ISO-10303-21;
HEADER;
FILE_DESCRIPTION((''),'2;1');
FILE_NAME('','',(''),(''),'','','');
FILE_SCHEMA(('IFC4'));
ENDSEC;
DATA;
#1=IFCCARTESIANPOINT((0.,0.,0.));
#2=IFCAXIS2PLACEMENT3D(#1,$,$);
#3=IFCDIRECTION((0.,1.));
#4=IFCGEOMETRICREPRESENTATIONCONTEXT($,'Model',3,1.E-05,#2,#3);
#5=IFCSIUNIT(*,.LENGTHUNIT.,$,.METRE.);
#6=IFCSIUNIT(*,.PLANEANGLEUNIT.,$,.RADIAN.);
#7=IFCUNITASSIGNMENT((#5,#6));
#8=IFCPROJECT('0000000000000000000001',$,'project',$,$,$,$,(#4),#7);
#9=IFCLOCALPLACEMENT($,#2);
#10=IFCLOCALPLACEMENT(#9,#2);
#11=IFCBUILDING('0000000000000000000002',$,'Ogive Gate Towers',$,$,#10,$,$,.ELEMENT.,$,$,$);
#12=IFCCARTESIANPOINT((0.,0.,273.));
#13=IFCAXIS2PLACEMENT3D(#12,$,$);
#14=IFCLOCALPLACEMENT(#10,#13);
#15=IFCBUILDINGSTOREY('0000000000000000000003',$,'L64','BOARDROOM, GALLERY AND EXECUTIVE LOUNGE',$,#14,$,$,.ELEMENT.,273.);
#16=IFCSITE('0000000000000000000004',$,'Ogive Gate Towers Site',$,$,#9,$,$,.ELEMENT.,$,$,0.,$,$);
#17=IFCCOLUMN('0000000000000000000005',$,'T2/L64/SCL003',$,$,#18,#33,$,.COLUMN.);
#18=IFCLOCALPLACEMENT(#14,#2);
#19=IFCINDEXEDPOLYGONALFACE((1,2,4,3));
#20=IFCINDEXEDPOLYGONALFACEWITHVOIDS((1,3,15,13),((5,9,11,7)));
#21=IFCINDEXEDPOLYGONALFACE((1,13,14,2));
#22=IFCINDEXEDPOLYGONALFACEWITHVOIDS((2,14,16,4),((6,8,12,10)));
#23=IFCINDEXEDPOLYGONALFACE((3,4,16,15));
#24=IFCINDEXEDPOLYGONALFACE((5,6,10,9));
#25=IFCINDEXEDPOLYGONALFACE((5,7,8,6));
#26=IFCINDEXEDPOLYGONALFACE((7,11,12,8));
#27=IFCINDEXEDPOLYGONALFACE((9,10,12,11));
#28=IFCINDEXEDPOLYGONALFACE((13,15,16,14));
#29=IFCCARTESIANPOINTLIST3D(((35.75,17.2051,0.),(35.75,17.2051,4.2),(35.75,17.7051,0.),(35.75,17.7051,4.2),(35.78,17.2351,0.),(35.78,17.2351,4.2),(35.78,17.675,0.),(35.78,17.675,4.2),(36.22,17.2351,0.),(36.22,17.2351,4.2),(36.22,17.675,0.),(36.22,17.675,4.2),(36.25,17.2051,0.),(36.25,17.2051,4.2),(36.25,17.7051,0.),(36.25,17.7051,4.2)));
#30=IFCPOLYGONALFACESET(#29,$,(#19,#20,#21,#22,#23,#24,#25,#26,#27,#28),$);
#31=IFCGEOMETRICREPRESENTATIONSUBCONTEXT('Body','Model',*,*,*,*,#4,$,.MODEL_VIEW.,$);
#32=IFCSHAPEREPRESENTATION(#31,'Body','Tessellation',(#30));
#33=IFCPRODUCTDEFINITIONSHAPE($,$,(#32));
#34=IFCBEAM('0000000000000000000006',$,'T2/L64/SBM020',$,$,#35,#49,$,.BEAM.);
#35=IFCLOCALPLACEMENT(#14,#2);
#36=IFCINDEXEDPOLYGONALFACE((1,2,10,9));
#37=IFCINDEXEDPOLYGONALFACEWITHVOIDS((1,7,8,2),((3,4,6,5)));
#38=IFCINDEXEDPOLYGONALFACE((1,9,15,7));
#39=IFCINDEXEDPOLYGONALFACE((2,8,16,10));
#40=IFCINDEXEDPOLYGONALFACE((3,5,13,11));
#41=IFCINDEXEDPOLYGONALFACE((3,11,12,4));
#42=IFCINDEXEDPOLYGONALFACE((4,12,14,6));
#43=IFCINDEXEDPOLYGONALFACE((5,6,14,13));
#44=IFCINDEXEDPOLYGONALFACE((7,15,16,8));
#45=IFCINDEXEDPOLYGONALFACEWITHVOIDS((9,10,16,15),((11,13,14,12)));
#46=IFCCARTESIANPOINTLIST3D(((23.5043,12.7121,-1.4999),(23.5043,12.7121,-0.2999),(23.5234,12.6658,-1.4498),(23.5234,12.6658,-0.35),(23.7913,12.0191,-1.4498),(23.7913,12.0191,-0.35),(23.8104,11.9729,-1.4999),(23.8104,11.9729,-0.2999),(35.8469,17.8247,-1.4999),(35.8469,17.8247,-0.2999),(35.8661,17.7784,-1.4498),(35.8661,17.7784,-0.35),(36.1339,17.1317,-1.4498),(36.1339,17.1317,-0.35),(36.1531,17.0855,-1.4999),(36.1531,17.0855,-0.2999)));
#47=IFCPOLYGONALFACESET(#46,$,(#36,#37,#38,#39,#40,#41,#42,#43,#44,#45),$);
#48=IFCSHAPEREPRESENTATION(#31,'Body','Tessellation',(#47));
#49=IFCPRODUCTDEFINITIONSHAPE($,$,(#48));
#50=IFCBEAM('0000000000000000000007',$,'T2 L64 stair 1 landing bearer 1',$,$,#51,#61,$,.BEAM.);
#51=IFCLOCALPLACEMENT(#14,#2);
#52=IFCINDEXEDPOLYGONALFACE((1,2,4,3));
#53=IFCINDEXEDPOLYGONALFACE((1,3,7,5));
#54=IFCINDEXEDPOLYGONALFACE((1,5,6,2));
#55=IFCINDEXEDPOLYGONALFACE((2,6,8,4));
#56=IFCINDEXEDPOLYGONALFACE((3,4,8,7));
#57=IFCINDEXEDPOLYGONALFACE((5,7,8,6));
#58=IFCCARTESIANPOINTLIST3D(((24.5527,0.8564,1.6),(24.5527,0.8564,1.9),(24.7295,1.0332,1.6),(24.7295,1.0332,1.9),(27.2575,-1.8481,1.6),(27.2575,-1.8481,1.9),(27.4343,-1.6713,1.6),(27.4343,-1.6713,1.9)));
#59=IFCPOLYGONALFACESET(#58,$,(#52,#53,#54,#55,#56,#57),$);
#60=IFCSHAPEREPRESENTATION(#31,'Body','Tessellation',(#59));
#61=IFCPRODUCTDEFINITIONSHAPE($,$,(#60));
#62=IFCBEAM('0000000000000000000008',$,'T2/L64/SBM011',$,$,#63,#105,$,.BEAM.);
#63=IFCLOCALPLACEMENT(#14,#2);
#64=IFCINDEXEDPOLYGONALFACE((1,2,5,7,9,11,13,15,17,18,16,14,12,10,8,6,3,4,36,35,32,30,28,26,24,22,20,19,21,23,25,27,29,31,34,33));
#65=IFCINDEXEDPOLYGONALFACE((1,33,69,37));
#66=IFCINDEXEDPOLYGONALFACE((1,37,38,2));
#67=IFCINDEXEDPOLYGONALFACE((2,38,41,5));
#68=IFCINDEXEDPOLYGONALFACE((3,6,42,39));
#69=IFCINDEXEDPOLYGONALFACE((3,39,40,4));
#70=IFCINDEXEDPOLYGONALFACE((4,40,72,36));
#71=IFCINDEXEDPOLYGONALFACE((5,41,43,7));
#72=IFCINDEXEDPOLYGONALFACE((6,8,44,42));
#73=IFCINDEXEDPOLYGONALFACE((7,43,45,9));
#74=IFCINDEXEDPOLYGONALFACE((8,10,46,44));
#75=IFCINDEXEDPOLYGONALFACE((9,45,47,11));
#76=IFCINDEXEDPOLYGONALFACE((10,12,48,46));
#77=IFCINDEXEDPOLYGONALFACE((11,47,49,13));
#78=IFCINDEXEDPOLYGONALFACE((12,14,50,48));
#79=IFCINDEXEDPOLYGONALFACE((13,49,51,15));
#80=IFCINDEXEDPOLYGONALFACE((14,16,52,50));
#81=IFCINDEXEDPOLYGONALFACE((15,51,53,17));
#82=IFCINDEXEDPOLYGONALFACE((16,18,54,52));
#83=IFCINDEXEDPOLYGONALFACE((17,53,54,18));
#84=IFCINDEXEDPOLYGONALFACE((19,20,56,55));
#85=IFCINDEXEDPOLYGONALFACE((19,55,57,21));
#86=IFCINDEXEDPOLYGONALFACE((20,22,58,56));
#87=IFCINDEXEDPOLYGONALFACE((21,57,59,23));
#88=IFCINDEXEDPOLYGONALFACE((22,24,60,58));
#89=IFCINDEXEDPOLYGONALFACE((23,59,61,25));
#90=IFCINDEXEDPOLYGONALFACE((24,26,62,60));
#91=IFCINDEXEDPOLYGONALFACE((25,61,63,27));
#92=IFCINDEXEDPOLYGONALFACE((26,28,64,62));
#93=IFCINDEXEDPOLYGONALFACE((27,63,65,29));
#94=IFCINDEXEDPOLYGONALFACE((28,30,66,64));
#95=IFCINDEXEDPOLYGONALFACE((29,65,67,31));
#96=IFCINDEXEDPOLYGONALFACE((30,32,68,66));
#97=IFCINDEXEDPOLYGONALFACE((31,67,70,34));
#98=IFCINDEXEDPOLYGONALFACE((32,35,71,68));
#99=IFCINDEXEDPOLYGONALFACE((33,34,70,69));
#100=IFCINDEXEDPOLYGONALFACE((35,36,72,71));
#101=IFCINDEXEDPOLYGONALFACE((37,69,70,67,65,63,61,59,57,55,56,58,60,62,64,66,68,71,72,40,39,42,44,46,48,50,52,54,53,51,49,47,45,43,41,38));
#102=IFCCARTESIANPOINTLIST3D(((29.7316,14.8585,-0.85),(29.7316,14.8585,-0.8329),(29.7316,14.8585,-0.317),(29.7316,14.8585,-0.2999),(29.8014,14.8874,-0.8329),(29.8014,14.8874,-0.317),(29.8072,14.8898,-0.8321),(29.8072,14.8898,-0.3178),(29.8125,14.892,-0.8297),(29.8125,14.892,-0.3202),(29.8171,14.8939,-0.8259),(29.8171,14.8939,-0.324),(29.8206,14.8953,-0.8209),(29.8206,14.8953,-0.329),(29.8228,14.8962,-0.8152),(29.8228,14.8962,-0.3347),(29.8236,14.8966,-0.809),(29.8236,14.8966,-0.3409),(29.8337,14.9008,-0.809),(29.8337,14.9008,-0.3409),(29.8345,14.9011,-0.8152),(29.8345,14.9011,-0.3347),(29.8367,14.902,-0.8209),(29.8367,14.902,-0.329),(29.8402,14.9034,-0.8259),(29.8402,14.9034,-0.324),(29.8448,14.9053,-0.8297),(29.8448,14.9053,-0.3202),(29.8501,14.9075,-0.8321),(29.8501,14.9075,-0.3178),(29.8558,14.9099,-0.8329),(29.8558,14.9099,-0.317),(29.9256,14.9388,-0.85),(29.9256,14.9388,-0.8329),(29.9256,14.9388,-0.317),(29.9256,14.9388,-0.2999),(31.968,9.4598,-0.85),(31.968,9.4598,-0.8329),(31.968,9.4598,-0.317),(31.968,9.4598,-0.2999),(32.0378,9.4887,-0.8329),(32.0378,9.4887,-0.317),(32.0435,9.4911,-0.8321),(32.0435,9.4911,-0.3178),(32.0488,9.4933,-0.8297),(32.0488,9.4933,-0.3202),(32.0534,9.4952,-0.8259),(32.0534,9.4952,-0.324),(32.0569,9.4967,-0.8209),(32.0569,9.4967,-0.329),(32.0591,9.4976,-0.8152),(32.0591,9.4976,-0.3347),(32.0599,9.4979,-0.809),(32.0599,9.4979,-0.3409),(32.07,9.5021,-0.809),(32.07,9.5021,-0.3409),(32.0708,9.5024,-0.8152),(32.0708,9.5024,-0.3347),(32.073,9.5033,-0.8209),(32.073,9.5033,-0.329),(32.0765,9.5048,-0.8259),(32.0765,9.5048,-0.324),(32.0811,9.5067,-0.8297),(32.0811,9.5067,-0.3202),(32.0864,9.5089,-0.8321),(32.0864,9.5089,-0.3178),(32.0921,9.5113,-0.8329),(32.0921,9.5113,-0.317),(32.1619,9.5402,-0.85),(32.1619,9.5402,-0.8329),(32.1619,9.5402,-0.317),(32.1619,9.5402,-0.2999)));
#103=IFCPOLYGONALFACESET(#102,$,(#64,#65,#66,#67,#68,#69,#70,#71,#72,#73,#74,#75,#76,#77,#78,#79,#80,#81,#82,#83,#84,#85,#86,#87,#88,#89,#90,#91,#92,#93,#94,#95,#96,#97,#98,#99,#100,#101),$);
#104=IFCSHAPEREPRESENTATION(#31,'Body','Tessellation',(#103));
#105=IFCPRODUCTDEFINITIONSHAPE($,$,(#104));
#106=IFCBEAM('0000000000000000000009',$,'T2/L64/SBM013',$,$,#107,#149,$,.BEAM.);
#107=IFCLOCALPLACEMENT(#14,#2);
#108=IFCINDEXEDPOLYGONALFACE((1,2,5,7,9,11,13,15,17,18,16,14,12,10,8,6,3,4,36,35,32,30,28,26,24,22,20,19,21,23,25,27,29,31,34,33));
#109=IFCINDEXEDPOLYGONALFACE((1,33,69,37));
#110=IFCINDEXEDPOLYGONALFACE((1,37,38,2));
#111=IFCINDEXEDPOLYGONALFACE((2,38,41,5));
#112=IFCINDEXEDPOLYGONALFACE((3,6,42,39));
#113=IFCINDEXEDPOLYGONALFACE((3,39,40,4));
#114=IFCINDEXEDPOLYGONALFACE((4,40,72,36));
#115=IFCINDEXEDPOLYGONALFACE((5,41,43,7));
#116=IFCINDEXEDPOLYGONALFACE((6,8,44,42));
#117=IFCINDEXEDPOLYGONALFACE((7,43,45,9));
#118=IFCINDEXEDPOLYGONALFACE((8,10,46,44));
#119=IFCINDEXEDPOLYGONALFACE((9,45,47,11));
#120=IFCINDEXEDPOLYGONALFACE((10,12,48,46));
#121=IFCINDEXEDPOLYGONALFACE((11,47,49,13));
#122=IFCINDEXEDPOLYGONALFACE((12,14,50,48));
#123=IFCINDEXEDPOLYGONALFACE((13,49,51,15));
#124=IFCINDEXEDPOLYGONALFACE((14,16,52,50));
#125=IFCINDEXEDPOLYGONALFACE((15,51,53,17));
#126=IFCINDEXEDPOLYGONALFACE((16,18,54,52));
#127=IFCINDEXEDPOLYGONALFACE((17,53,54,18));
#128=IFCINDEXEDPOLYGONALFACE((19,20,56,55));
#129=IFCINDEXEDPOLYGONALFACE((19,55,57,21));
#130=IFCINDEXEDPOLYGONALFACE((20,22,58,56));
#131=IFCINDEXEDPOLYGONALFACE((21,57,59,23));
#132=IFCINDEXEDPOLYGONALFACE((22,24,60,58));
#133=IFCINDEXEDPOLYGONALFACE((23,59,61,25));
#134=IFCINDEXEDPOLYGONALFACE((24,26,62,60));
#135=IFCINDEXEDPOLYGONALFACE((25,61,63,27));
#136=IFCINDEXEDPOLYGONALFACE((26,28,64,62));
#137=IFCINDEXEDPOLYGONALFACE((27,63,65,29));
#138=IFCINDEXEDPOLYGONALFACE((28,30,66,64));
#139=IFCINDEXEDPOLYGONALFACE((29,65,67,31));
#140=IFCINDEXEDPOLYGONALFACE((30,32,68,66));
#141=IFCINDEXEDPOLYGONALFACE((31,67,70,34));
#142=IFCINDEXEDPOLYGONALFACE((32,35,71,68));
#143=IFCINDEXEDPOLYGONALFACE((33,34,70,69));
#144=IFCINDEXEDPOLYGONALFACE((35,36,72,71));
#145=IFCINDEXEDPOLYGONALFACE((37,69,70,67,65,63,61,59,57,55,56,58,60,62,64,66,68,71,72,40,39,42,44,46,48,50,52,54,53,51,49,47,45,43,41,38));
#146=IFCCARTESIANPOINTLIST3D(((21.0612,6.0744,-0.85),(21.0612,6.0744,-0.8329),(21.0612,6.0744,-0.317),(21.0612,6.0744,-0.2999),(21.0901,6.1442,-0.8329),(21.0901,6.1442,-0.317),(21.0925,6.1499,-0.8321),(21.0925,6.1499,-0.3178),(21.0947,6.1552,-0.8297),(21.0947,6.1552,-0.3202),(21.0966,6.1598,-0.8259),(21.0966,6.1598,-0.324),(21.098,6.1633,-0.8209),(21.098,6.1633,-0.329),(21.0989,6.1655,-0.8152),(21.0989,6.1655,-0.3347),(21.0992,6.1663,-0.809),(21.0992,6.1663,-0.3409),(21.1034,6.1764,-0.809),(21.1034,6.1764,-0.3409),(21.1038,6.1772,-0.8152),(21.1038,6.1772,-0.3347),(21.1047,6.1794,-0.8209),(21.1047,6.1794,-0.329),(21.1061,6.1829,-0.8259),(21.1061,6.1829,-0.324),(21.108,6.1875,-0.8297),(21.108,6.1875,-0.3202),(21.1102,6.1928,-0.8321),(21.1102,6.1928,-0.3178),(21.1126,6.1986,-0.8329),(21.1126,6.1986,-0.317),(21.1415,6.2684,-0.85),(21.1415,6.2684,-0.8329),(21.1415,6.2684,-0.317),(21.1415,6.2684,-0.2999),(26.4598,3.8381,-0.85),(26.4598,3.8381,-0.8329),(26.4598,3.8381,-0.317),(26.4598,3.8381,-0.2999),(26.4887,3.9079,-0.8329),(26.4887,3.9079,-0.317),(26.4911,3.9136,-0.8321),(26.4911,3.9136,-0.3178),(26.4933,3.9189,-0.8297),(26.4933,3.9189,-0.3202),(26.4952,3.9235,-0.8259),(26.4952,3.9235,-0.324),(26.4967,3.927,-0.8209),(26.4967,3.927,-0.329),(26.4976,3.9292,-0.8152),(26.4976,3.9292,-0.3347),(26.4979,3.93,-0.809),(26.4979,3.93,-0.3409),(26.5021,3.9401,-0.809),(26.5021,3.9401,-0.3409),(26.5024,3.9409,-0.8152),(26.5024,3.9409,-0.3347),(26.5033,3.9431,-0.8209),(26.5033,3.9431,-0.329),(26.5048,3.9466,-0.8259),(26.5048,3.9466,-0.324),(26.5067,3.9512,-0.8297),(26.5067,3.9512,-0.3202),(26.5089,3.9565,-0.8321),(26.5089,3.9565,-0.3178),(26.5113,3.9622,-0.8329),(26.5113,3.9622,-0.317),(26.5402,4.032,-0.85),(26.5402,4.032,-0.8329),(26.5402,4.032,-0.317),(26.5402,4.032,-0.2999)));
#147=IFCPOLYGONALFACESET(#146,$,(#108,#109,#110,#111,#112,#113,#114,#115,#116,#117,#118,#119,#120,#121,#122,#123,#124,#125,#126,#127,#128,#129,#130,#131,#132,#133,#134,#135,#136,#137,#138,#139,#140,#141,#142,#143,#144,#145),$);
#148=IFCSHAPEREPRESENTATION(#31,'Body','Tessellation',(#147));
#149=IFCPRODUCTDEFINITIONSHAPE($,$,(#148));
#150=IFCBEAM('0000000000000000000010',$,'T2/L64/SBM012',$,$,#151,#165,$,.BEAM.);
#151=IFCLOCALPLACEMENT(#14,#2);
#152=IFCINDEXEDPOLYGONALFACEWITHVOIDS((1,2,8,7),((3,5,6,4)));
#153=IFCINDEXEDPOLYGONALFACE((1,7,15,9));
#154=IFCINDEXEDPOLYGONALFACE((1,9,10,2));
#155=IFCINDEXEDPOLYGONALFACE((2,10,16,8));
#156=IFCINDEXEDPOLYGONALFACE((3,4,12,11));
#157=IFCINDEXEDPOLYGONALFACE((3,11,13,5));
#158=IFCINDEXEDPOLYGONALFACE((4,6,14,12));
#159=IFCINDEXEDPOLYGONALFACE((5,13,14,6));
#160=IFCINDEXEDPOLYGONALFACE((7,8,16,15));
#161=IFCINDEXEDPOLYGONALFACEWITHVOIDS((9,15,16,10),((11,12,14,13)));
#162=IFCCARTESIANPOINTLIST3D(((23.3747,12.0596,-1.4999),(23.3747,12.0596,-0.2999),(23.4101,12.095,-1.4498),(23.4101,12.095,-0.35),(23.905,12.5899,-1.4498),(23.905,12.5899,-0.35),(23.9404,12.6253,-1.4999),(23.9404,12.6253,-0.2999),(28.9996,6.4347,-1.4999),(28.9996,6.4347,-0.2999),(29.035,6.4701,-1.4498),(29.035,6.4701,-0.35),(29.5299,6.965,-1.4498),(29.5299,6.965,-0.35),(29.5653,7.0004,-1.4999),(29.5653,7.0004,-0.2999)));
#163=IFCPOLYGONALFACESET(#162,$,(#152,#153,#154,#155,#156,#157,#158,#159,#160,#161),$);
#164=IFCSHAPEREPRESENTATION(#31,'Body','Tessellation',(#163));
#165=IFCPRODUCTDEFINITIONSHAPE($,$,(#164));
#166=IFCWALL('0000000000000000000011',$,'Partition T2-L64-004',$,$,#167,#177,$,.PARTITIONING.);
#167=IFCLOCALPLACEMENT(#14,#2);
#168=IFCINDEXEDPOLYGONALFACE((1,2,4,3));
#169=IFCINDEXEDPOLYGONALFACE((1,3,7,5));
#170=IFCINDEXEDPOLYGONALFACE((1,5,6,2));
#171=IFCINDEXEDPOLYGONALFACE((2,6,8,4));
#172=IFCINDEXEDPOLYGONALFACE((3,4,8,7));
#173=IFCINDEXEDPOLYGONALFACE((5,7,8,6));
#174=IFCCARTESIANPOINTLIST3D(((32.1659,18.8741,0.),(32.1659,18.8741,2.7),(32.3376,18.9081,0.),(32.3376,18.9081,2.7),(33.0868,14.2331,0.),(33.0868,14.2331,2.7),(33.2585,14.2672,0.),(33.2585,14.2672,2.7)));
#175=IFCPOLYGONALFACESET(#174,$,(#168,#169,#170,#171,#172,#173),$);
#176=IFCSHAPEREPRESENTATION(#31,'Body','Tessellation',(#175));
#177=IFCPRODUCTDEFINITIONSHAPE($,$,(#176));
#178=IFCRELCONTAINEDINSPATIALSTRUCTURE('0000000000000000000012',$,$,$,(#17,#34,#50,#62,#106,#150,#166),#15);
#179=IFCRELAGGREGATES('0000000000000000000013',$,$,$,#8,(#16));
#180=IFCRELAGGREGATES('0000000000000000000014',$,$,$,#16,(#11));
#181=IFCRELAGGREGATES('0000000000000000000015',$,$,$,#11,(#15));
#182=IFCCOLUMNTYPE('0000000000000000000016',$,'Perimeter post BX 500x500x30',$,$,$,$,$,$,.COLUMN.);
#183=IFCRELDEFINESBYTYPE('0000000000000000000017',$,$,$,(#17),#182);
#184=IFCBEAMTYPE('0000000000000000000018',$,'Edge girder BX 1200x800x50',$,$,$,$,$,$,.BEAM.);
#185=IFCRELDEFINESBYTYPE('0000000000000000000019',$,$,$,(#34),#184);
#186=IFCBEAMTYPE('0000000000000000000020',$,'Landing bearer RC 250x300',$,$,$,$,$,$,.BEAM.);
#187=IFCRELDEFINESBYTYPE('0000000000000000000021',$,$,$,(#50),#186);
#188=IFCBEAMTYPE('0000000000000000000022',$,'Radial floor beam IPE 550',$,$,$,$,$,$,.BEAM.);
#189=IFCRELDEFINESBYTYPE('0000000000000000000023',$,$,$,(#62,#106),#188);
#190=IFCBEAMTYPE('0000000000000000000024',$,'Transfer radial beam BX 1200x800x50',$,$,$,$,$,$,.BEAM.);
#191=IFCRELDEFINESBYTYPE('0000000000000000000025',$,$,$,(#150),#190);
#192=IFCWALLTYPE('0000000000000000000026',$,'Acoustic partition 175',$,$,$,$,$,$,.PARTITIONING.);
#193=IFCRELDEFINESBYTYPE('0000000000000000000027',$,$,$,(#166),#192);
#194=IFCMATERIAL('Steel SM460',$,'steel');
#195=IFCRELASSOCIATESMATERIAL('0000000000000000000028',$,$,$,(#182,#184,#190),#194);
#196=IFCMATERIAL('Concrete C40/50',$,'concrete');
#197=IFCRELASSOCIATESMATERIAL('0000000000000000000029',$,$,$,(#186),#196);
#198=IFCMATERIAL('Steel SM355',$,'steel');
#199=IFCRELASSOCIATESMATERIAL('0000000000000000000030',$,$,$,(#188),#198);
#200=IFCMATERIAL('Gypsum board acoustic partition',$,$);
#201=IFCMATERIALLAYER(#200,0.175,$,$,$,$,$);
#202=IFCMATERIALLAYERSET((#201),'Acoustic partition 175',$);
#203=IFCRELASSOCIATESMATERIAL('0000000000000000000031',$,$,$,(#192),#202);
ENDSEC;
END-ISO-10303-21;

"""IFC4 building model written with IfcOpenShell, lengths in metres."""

from ifc_helpers import new_model, si_unit, direction, frame, frame_2d, origin, origin_2d, place, context, subcontext, project, spatial, rectangle, hollow_rectangle, i_section, extrude, material, layer, layer_set, material_profile, profile_set, type_object, element, save


model = new_model("IFC4")

# Units and contexts
model_context = context("Model", 3, precision=1e-05, world=origin(), true_north=direction((0.0, 1.0)))
body_context = subcontext(model_context, "Body", "Model", "MODEL_VIEW")
ifc_project = project(units=[si_unit("LENGTHUNIT", "METRE"), si_unit("PLANEANGLEUNIT", "RADIAN")], contexts=[model_context])

# Site, building, storey
site_placement = place(None, origin())
site = spatial("IfcSite", under=ifc_project, at=site_placement, Name="Ogive Gate Towers Site", CompositionType="ELEMENT", RefElevation=0.0)
building_placement = place(site_placement, origin())
building = spatial("IfcBuilding", under=site, at=building_placement, Name="Ogive Gate Towers", CompositionType="ELEMENT")
storey_placement = place(building_placement, frame((0.0, 0.0, 273.0)))
storey = spatial("IfcBuildingStorey", under=building, at=storey_placement, Name="L64", Description="BOARDROOM, GALLERY AND EXECUTIVE LOUNGE", CompositionType="ELEMENT", Elevation=273.0)

# Column
ifc_material_1 = material(Name="Steel SM460", Category="steel")
ifc_material_profile_1 = material_profile(ifc_material_1, hollow_rectangle(XDim=0.5, YDim=0.5, WallThickness=0.03, at=origin_2d()), Name="BX 500x500x30")
ifc_profile_set_1 = profile_set([ifc_material_profile_1], Name="Steel SM460")
column_type = type_object("IfcColumnType", Name="Perimeter post BX 500x500x30", PredefinedType="COLUMN", material=ifc_profile_set_1)
column_placement = place(storey_placement, frame((36.0, 17.4551, 0.0), z_axis=(0.0, 0.0, 1.0), x_axis=(1.0, 0.0, 0.0)))
element("IfcColumn", 1, at=column_placement, inside=storey, type_object=column_type, Name="T2/L64/SCL003", PredefinedType="COLUMN", context=body_context, shape_type="SweptSolid", body=[
    extrude(hollow_rectangle(XDim=0.5, YDim=0.5, WallThickness=0.03, at=origin_2d()), origin(), (0.0, 0.0, 1.0), 4.2),
])

# Beams
ifc_material_profile_2 = material_profile(ifc_material_1, hollow_rectangle(XDim=0.8, YDim=1.2, WallThickness=0.05, at=origin_2d()), Name="BX 1200x800x50")
ifc_profile_set_2 = profile_set([ifc_material_profile_2], Name="Steel SM460")
beam_type_1 = type_object("IfcBeamType", Name="Edge girder BX 1200x800x50", PredefinedType="BEAM", material=ifc_profile_set_2)
beam_1_placement = place(storey_placement, frame((36.0, 17.4551, -0.8999), z_axis=(-0.923877, -0.38269, 0.0), x_axis=(0.38269, -0.923877, 0.0)))
element("IfcBeam", 2, at=beam_1_placement, inside=storey, type_object=beam_type_1, Name="T2/L64/SBM020", PredefinedType="BEAM", context=body_context, shape_type="SweptSolid", body=[
    extrude(hollow_rectangle(XDim=0.8, YDim=1.2, WallThickness=0.05, at=origin_2d()), origin(), (0.0, 0.0, 1.0), 13.3596),
])
ifc_material_2 = material(Name="Concrete C40/50", Category="concrete")
ifc_material_profile_3 = material_profile(ifc_material_2, rectangle(XDim=0.25, YDim=0.3, at=origin_2d()), Name="RC 250x300")
ifc_profile_set_3 = profile_set([ifc_material_profile_3], Name="Concrete C40/50")
beam_type_2 = type_object("IfcBeamType", Name="Landing bearer RC 250x300", PredefinedType="BEAM", material=ifc_profile_set_3)
beam_2_placement = place(storey_placement, frame((24.6411, 0.9448, 1.75), z_axis=(0.707139, -0.707075, 0.0), x_axis=(0.707075, 0.707139, 0.0)))
element("IfcBeam", 3, at=beam_2_placement, inside=storey, type_object=beam_type_2, Name="T2 L64 stair 1 landing bearer 1", PredefinedType="BEAM", context=body_context, shape_type="SweptSolid", body=[
    extrude(rectangle(XDim=0.25, YDim=0.3, at=origin_2d()), origin(), (0.0, 0.0, 1.0), 3.825),
])
ifc_material_3 = material(Name="Steel SM355", Category="steel")
ifc_material_profile_4 = material_profile(ifc_material_3, i_section(OverallWidth=0.21, OverallDepth=0.55, WebThickness=0.011, FlangeThickness=0.0171, FilletRadius=0.0239, at=origin_2d()), Name="IPE 550")
ifc_profile_set_4 = profile_set([ifc_material_profile_4], Name="Steel SM355")
beam_type_3 = type_object("IfcBeamType", Name="Radial floor beam IPE 550", PredefinedType="BEAM", material=ifc_profile_set_4)
for number, where, z_axis, x_axis, name in (
    (4, (32.0649, 9.5, -0.575), (-0.382701, 0.923872, 0.0), (-0.923872, -0.382701, 0.0), "T2/L64/SBM011"),
    (5, (26.5, 3.9351, -0.575), (-0.923872, 0.382701, 0.0), (-0.382701, -0.923872, 0.0), "T2/L64/SBM013"),
):
    element("IfcBeam", number, at=place(storey_placement, frame(where, z_axis=z_axis, x_axis=x_axis)), inside=storey, type_object=beam_type_3, Name=name, PredefinedType="BEAM", context=body_context, shape_type="SweptSolid", body=[
        extrude(i_section(OverallWidth=0.21, OverallDepth=0.55, WebThickness=0.011, FlangeThickness=0.0171, FilletRadius=0.0239, at=origin_2d()), origin(), (0.0, 0.0, 1.0), 5.8435),
    ])
ifc_material_profile_5 = material_profile(ifc_material_1, hollow_rectangle(XDim=0.8, YDim=1.2, WallThickness=0.05, at=origin_2d()), Name="BX 1200x800x50")
ifc_profile_set_5 = profile_set([ifc_material_profile_5], Name="Steel SM460")
beam_type_4 = type_object("IfcBeamType", Name="Transfer radial beam BX 1200x800x50", PredefinedType="BEAM", material=ifc_profile_set_5)
beam_3_placement = place(storey_placement, frame((29.2825, 6.7175, -0.8999), z_axis=(-0.707107, 0.707107, 0.0), x_axis=(-0.707107, -0.707107, 0.0)))
element("IfcBeam", 6, at=beam_3_placement, inside=storey, type_object=beam_type_4, Name="T2/L64/SBM012", PredefinedType="BEAM", context=body_context, shape_type="SweptSolid", body=[
    extrude(hollow_rectangle(XDim=0.8, YDim=1.2, WallThickness=0.05, at=origin_2d()), origin(), (0.0, 0.0, 1.0), 7.9548),
])

# Wall
ifc_material_4 = material(Name="Gypsum board acoustic partition")
ifc_layer_1 = layer(ifc_material_4, 0.175)
ifc_layer_set_1 = layer_set([ifc_layer_1], Name="Acoustic partition 175")
wall_type_1 = type_object("IfcWallType", Name="Acoustic partition 175", PredefinedType="PARTITIONING", material=ifc_layer_set_1)
wall_1_placement = place(storey_placement, frame((32.2517, 18.8911, 0.0), z_axis=(0.0, 0.0, 1.0), x_axis=(0.194637, -0.980875, 0.0)))
element("IfcWall", 7, at=wall_1_placement, inside=storey, type_object=wall_type_1, Name="Partition T2-L64-004", PredefinedType="PARTITIONING", context=body_context, shape_type="SweptSolid", body=[
    extrude(rectangle(XDim=4.7314, YDim=0.175, at=frame_2d((2.3657, 0.0))), origin(), (0.0, 0.0, 1.0), 2.7),
])

save(model, "model.ifc")
